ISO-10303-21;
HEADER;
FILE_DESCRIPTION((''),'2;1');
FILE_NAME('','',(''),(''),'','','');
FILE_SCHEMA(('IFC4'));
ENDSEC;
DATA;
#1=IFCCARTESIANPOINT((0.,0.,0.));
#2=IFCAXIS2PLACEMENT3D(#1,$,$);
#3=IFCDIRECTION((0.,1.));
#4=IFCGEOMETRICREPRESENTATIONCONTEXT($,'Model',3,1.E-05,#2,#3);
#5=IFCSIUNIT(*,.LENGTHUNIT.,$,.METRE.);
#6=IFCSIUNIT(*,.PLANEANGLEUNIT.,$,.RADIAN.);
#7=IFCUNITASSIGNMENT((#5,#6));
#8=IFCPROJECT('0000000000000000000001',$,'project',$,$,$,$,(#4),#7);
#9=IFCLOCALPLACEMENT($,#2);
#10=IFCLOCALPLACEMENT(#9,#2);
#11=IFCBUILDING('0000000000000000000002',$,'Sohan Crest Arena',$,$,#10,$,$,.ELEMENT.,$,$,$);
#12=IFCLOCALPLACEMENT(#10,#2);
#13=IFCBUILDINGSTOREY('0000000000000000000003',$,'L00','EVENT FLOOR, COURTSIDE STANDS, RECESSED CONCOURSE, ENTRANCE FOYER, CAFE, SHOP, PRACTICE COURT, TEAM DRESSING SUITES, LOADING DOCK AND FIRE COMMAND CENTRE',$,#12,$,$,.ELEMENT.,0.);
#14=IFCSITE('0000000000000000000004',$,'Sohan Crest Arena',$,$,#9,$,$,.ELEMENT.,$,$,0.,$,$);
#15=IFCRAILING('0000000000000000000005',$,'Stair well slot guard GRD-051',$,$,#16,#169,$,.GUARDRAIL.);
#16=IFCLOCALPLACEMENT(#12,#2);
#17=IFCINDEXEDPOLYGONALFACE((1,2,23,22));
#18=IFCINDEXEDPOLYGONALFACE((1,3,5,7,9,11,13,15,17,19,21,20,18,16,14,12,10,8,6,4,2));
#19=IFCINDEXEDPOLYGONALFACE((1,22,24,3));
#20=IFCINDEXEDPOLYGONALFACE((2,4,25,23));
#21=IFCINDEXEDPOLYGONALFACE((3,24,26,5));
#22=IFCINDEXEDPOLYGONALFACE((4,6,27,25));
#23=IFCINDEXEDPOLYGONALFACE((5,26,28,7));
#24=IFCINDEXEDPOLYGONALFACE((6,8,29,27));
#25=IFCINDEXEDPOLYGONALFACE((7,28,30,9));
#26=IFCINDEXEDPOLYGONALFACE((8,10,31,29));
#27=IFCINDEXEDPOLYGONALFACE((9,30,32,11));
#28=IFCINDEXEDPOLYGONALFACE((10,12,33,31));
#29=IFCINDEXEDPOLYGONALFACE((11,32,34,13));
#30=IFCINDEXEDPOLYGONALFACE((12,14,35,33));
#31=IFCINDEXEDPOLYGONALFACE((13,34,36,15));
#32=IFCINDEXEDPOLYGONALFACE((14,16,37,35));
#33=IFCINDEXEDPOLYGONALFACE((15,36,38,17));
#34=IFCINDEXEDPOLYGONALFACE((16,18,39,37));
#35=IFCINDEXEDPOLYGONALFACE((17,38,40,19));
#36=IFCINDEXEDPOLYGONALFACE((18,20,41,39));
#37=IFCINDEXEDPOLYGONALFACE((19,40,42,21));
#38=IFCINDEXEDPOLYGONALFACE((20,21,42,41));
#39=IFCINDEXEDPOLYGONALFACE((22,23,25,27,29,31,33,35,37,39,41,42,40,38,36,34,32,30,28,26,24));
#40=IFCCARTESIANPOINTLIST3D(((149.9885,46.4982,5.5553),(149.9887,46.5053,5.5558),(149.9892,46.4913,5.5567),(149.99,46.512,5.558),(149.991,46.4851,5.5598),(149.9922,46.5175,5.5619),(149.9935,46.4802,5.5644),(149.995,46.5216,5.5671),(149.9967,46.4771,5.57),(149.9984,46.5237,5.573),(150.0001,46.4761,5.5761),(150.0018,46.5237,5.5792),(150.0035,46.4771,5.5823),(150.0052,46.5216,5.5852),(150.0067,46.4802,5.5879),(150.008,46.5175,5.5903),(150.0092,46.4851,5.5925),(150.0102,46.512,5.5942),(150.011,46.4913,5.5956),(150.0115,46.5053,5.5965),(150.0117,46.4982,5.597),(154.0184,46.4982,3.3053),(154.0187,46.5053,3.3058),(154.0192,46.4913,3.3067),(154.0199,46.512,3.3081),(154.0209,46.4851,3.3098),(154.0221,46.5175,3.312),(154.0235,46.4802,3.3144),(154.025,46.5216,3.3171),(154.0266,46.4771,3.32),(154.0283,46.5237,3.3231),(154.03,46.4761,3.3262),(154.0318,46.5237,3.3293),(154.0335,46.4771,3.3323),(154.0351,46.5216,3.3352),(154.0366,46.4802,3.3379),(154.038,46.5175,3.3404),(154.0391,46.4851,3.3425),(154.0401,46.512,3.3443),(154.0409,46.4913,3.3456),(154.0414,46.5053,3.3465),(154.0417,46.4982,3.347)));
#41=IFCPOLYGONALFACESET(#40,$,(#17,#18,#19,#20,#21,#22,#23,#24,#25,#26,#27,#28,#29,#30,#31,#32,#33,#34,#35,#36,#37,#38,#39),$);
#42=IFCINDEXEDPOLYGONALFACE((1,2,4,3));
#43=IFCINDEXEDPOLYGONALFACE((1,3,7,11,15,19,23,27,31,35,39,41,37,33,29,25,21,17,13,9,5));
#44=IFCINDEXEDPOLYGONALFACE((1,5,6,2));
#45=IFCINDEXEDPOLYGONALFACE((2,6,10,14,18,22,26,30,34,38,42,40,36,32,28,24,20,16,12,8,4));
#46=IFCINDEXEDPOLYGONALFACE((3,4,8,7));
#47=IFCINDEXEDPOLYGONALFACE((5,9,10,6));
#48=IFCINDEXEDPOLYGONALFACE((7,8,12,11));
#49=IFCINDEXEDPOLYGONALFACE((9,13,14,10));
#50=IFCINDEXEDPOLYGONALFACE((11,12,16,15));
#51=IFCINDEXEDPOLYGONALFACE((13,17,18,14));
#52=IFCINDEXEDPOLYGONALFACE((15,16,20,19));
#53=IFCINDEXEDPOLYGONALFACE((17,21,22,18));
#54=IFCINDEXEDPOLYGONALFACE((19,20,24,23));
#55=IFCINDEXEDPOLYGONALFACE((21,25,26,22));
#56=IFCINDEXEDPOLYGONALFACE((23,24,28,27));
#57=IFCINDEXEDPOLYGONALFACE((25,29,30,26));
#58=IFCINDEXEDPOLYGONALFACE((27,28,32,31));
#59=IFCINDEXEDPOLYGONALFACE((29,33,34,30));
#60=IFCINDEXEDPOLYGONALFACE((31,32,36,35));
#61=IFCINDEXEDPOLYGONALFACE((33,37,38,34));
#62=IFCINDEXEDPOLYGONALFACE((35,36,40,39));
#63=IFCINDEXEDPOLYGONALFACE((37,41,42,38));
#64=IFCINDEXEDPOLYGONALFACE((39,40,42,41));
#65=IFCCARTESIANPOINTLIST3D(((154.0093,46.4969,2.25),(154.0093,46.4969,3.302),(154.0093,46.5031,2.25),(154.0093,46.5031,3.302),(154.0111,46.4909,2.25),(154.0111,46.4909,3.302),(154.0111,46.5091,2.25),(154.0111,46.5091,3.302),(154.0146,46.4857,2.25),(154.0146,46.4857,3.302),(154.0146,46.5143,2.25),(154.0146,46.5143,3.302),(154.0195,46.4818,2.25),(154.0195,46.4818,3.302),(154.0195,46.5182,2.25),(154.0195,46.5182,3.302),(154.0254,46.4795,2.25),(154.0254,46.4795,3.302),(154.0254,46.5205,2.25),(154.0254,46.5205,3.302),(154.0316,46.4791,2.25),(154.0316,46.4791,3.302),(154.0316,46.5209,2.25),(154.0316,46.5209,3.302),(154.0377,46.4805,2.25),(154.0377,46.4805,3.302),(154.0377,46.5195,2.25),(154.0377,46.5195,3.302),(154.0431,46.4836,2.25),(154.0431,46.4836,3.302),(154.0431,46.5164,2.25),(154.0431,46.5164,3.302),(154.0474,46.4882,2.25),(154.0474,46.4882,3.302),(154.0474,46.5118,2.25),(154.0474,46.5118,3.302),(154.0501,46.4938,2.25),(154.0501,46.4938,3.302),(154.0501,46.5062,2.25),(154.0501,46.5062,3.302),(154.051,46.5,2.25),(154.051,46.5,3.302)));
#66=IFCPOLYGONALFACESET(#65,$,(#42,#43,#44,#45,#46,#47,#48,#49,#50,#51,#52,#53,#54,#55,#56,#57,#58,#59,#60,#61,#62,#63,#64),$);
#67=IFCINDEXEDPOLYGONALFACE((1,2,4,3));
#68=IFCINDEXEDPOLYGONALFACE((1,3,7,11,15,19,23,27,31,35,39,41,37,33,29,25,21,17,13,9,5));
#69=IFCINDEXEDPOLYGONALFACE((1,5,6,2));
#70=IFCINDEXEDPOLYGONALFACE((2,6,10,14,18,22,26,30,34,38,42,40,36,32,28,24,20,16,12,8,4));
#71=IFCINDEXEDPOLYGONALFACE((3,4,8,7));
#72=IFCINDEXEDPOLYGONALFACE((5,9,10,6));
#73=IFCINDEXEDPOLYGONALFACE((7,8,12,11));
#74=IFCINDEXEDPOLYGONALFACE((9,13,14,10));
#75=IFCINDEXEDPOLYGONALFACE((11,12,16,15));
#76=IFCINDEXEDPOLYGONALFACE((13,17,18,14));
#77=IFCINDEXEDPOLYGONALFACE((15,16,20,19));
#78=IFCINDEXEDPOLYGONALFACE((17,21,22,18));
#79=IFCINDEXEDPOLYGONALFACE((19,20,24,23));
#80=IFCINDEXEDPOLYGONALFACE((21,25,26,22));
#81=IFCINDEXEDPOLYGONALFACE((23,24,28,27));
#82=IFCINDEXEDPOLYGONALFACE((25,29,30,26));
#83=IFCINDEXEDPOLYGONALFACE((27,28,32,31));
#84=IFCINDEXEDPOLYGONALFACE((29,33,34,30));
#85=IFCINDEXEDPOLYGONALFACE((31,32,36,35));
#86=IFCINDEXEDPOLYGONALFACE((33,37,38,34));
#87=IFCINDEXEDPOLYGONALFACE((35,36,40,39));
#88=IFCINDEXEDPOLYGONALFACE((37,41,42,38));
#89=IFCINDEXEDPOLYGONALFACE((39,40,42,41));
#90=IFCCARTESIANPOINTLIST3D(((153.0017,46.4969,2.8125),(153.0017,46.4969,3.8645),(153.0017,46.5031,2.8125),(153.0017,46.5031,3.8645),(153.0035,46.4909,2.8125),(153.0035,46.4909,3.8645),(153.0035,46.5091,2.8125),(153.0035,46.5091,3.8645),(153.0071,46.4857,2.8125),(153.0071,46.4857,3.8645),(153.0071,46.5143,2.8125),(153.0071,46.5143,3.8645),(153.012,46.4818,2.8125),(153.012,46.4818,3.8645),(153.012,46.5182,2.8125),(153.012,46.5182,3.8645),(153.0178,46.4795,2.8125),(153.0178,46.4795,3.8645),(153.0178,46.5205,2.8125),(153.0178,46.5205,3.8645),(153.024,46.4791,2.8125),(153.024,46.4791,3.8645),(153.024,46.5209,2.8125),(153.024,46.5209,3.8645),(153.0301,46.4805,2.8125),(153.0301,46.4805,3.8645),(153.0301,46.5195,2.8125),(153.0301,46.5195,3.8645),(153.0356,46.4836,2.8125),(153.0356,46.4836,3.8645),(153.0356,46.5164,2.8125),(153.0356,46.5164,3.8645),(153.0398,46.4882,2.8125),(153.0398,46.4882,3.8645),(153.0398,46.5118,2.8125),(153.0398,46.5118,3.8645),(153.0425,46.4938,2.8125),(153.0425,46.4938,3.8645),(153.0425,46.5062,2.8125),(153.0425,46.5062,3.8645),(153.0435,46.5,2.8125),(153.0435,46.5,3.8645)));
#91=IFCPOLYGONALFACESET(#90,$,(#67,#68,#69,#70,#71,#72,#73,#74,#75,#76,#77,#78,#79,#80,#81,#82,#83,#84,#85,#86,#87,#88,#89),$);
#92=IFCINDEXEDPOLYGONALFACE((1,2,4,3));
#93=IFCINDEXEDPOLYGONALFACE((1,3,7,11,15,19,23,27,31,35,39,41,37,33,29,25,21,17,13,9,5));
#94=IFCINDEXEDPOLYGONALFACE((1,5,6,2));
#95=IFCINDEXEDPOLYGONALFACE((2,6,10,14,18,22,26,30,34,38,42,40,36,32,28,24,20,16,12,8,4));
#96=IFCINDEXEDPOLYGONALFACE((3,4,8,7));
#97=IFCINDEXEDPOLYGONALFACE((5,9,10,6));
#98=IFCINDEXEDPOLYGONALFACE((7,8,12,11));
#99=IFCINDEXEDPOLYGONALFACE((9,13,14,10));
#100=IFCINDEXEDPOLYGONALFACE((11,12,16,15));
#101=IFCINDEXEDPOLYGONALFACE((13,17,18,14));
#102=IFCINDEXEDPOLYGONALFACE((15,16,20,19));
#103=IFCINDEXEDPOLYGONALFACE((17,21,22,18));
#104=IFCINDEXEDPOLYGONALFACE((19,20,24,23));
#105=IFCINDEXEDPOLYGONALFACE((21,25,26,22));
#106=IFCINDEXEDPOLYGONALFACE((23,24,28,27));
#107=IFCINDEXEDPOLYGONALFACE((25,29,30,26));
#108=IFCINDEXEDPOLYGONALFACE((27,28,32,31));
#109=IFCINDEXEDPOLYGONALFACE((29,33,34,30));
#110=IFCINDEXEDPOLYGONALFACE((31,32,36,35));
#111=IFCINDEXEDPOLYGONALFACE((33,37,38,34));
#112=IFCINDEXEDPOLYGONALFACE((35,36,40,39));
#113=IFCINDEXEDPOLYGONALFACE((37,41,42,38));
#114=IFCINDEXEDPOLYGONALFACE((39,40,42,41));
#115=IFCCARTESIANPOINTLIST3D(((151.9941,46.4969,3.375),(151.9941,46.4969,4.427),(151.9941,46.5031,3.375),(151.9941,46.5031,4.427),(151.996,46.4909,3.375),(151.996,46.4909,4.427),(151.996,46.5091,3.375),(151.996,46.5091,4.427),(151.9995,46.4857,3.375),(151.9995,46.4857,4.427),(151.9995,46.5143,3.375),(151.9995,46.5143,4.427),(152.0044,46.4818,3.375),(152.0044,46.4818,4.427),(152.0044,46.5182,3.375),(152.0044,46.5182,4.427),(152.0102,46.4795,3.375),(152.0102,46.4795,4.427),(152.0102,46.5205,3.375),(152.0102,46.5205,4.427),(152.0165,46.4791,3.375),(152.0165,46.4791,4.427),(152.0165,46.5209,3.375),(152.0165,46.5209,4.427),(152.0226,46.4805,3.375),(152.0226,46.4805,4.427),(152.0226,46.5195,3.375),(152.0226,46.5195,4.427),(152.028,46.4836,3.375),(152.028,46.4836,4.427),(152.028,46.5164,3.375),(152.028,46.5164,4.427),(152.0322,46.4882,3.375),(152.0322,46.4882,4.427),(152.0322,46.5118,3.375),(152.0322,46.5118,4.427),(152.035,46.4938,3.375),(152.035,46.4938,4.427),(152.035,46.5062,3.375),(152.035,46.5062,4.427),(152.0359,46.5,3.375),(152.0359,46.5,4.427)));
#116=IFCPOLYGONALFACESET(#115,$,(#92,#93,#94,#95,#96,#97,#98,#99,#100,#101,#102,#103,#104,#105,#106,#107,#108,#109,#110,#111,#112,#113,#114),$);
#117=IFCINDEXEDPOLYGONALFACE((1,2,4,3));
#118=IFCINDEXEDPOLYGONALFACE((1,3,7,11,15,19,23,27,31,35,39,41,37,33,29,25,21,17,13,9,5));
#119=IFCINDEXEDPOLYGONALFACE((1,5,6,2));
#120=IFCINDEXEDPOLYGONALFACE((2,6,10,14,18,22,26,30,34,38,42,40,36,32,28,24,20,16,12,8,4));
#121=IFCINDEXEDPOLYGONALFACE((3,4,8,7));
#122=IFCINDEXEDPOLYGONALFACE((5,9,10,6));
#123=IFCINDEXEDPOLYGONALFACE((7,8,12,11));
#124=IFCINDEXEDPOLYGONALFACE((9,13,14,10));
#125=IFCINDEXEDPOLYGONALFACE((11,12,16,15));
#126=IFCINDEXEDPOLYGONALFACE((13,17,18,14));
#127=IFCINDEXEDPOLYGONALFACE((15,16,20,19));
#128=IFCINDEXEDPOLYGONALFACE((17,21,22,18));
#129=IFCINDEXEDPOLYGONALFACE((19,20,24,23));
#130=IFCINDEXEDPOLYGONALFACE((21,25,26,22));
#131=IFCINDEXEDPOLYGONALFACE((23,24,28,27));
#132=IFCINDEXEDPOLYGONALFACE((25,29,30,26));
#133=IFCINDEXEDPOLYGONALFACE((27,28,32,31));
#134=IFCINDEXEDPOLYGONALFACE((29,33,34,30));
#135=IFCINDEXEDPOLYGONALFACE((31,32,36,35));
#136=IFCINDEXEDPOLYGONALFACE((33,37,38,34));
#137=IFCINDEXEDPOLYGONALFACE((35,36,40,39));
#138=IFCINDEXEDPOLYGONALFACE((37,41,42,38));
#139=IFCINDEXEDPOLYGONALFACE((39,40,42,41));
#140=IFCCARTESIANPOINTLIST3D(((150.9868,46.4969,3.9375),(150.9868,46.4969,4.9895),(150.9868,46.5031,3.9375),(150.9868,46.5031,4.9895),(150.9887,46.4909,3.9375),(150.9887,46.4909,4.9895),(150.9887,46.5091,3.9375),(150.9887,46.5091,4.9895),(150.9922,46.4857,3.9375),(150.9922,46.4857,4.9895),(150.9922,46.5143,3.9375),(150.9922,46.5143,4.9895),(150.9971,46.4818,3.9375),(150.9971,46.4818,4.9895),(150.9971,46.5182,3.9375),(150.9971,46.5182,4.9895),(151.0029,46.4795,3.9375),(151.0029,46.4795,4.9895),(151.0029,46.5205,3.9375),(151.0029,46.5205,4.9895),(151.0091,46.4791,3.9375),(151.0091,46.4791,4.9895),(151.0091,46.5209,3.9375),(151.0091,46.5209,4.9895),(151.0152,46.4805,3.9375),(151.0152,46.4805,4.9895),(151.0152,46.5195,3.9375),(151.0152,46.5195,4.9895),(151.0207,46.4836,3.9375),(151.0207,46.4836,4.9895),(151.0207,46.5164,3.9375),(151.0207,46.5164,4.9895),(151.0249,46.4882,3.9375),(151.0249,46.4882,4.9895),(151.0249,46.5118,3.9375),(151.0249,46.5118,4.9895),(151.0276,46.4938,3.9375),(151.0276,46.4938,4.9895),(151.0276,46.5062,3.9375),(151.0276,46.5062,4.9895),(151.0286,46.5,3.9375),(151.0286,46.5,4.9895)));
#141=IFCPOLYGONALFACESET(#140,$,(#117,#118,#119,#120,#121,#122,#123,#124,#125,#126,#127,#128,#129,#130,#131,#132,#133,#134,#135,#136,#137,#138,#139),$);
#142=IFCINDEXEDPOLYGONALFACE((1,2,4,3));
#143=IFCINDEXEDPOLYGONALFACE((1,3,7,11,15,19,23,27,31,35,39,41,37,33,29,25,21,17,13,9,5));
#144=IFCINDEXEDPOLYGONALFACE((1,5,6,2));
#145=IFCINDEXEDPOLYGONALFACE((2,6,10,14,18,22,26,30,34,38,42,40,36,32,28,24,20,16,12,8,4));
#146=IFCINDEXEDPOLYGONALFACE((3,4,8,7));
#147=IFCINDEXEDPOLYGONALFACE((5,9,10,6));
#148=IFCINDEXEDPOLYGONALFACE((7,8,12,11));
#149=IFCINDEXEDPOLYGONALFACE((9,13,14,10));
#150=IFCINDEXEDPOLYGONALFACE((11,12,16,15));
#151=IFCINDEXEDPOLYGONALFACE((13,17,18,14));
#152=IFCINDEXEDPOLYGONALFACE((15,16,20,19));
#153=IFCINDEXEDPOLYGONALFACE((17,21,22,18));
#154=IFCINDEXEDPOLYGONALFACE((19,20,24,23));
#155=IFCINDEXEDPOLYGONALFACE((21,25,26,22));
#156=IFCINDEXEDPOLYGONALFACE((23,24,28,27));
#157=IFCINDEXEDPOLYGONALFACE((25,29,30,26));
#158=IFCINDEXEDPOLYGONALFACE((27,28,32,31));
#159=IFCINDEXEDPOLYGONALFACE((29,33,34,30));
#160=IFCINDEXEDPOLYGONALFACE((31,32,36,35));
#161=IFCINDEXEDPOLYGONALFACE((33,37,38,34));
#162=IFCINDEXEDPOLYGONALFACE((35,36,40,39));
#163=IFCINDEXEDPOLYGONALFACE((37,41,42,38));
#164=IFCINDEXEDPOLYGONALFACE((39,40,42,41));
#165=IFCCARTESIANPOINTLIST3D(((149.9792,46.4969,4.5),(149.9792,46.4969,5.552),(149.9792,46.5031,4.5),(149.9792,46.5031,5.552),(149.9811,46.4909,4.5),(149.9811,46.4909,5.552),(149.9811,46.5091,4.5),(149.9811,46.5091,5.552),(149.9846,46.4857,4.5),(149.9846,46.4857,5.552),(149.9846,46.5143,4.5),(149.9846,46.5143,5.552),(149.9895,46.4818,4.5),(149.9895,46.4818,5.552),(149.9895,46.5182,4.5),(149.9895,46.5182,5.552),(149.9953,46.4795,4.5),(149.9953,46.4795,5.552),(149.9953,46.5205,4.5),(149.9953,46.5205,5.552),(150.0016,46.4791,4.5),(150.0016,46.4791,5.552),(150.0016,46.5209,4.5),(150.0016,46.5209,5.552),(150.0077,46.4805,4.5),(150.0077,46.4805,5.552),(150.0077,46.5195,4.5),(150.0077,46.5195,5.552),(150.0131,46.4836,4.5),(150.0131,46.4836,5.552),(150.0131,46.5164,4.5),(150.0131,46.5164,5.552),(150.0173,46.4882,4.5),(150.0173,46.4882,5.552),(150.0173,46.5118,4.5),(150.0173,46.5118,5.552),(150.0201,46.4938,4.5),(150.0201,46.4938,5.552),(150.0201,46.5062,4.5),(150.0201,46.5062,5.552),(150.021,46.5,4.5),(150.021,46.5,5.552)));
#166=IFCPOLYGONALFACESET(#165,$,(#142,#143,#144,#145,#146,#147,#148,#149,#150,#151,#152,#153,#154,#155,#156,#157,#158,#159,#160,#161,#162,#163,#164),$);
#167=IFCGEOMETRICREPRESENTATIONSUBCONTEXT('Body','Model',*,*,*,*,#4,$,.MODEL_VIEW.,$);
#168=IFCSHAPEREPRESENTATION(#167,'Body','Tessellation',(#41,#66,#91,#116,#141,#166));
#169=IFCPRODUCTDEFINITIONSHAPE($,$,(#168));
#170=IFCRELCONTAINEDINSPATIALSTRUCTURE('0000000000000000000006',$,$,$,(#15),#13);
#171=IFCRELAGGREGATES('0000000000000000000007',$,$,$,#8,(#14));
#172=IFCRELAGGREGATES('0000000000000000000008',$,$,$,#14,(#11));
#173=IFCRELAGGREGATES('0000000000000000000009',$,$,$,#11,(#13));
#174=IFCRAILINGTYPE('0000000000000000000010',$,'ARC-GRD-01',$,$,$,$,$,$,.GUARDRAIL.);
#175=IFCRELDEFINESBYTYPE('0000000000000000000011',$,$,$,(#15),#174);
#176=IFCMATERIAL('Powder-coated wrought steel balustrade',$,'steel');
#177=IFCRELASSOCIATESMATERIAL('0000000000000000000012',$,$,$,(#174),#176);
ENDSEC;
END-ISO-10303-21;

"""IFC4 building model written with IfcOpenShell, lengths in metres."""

from ifc_helpers import new_model, si_unit, direction, frame, origin, origin_2d, place, context, subcontext, project, spatial, circle, extrude, material, type_object, element, save


model = new_model("IFC4")

# Units and contexts
model_context = context("Model", 3, precision=1e-05, world=origin(), true_north=direction((0.0, 1.0)))
body_context = subcontext(model_context, "Body", "Model", "MODEL_VIEW")
ifc_project = project(units=[si_unit("LENGTHUNIT", "METRE"), si_unit("PLANEANGLEUNIT", "RADIAN")], contexts=[model_context])

# Site, building, storey
site_placement = place(None, origin())
site = spatial("IfcSite", under=ifc_project, at=site_placement, Name="Sohan Crest Arena", CompositionType="ELEMENT", RefElevation=0.0)
building_placement = place(site_placement, origin())
building = spatial("IfcBuilding", under=site, at=building_placement, Name="Sohan Crest Arena", CompositionType="ELEMENT")
storey_placement = place(building_placement, origin())
storey = spatial("IfcBuildingStorey", under=building, at=storey_placement, Name="L00", Description="EVENT FLOOR, COURTSIDE STANDS, RECESSED CONCOURSE, ENTRANCE FOYER, CAFE, SHOP, PRACTICE COURT, TEAM DRESSING SUITES, LOADING DOCK AND FIRE COMMAND CENTRE", CompositionType="ELEMENT", Elevation=0.0)

# Railing
ifc_material_1 = material(Name="Powder-coated wrought steel balustrade", Category="steel")
railing_type_1 = type_object("IfcRailingType", Name="ARC-GRD-01", PredefinedType="GUARDRAIL", material=ifc_material_1)
railing_1_placement = place(storey_placement, frame((154.03, 46.5, 2.25)))
element("IfcRailing", 1, at=railing_1_placement, inside=storey, type_object=railing_type_1, Name="Stair well slot guard GRD-051", PredefinedType="GUARDRAIL", context=body_context, shape_type="SweptSolid", body=[
    extrude(circle(Radius=0.0239, at=origin_2d()), frame((0.0, 0.0, 1.0762), z_axis=(-0.873135, 0.0, 0.487479), x_axis=(0.0, -1.0, 0.0)), (0.0, 0.0, 1.0), 4.6155),
    extrude(circle(Radius=0.021, at=origin_2d()), origin(), (0.0, 0.0, 1.0), 1.052),
    extrude(circle(Radius=0.021, at=origin_2d()), frame((-1.0076, 0.0, 0.5625)), (0.0, 0.0, 1.0), 1.052),
    extrude(circle(Radius=0.021, at=origin_2d()), frame((-2.0151, 0.0, 1.125)), (0.0, 0.0, 1.0), 1.052),
    extrude(circle(Radius=0.021, at=origin_2d()), frame((-3.0225, 0.0, 1.6875)), (0.0, 0.0, 1.0), 1.052),
    extrude(circle(Radius=0.021, at=origin_2d()), frame((-4.03, 0.0, 2.25)), (0.0, 0.0, 1.0), 1.052),
])

save(model, "model.ifc")
